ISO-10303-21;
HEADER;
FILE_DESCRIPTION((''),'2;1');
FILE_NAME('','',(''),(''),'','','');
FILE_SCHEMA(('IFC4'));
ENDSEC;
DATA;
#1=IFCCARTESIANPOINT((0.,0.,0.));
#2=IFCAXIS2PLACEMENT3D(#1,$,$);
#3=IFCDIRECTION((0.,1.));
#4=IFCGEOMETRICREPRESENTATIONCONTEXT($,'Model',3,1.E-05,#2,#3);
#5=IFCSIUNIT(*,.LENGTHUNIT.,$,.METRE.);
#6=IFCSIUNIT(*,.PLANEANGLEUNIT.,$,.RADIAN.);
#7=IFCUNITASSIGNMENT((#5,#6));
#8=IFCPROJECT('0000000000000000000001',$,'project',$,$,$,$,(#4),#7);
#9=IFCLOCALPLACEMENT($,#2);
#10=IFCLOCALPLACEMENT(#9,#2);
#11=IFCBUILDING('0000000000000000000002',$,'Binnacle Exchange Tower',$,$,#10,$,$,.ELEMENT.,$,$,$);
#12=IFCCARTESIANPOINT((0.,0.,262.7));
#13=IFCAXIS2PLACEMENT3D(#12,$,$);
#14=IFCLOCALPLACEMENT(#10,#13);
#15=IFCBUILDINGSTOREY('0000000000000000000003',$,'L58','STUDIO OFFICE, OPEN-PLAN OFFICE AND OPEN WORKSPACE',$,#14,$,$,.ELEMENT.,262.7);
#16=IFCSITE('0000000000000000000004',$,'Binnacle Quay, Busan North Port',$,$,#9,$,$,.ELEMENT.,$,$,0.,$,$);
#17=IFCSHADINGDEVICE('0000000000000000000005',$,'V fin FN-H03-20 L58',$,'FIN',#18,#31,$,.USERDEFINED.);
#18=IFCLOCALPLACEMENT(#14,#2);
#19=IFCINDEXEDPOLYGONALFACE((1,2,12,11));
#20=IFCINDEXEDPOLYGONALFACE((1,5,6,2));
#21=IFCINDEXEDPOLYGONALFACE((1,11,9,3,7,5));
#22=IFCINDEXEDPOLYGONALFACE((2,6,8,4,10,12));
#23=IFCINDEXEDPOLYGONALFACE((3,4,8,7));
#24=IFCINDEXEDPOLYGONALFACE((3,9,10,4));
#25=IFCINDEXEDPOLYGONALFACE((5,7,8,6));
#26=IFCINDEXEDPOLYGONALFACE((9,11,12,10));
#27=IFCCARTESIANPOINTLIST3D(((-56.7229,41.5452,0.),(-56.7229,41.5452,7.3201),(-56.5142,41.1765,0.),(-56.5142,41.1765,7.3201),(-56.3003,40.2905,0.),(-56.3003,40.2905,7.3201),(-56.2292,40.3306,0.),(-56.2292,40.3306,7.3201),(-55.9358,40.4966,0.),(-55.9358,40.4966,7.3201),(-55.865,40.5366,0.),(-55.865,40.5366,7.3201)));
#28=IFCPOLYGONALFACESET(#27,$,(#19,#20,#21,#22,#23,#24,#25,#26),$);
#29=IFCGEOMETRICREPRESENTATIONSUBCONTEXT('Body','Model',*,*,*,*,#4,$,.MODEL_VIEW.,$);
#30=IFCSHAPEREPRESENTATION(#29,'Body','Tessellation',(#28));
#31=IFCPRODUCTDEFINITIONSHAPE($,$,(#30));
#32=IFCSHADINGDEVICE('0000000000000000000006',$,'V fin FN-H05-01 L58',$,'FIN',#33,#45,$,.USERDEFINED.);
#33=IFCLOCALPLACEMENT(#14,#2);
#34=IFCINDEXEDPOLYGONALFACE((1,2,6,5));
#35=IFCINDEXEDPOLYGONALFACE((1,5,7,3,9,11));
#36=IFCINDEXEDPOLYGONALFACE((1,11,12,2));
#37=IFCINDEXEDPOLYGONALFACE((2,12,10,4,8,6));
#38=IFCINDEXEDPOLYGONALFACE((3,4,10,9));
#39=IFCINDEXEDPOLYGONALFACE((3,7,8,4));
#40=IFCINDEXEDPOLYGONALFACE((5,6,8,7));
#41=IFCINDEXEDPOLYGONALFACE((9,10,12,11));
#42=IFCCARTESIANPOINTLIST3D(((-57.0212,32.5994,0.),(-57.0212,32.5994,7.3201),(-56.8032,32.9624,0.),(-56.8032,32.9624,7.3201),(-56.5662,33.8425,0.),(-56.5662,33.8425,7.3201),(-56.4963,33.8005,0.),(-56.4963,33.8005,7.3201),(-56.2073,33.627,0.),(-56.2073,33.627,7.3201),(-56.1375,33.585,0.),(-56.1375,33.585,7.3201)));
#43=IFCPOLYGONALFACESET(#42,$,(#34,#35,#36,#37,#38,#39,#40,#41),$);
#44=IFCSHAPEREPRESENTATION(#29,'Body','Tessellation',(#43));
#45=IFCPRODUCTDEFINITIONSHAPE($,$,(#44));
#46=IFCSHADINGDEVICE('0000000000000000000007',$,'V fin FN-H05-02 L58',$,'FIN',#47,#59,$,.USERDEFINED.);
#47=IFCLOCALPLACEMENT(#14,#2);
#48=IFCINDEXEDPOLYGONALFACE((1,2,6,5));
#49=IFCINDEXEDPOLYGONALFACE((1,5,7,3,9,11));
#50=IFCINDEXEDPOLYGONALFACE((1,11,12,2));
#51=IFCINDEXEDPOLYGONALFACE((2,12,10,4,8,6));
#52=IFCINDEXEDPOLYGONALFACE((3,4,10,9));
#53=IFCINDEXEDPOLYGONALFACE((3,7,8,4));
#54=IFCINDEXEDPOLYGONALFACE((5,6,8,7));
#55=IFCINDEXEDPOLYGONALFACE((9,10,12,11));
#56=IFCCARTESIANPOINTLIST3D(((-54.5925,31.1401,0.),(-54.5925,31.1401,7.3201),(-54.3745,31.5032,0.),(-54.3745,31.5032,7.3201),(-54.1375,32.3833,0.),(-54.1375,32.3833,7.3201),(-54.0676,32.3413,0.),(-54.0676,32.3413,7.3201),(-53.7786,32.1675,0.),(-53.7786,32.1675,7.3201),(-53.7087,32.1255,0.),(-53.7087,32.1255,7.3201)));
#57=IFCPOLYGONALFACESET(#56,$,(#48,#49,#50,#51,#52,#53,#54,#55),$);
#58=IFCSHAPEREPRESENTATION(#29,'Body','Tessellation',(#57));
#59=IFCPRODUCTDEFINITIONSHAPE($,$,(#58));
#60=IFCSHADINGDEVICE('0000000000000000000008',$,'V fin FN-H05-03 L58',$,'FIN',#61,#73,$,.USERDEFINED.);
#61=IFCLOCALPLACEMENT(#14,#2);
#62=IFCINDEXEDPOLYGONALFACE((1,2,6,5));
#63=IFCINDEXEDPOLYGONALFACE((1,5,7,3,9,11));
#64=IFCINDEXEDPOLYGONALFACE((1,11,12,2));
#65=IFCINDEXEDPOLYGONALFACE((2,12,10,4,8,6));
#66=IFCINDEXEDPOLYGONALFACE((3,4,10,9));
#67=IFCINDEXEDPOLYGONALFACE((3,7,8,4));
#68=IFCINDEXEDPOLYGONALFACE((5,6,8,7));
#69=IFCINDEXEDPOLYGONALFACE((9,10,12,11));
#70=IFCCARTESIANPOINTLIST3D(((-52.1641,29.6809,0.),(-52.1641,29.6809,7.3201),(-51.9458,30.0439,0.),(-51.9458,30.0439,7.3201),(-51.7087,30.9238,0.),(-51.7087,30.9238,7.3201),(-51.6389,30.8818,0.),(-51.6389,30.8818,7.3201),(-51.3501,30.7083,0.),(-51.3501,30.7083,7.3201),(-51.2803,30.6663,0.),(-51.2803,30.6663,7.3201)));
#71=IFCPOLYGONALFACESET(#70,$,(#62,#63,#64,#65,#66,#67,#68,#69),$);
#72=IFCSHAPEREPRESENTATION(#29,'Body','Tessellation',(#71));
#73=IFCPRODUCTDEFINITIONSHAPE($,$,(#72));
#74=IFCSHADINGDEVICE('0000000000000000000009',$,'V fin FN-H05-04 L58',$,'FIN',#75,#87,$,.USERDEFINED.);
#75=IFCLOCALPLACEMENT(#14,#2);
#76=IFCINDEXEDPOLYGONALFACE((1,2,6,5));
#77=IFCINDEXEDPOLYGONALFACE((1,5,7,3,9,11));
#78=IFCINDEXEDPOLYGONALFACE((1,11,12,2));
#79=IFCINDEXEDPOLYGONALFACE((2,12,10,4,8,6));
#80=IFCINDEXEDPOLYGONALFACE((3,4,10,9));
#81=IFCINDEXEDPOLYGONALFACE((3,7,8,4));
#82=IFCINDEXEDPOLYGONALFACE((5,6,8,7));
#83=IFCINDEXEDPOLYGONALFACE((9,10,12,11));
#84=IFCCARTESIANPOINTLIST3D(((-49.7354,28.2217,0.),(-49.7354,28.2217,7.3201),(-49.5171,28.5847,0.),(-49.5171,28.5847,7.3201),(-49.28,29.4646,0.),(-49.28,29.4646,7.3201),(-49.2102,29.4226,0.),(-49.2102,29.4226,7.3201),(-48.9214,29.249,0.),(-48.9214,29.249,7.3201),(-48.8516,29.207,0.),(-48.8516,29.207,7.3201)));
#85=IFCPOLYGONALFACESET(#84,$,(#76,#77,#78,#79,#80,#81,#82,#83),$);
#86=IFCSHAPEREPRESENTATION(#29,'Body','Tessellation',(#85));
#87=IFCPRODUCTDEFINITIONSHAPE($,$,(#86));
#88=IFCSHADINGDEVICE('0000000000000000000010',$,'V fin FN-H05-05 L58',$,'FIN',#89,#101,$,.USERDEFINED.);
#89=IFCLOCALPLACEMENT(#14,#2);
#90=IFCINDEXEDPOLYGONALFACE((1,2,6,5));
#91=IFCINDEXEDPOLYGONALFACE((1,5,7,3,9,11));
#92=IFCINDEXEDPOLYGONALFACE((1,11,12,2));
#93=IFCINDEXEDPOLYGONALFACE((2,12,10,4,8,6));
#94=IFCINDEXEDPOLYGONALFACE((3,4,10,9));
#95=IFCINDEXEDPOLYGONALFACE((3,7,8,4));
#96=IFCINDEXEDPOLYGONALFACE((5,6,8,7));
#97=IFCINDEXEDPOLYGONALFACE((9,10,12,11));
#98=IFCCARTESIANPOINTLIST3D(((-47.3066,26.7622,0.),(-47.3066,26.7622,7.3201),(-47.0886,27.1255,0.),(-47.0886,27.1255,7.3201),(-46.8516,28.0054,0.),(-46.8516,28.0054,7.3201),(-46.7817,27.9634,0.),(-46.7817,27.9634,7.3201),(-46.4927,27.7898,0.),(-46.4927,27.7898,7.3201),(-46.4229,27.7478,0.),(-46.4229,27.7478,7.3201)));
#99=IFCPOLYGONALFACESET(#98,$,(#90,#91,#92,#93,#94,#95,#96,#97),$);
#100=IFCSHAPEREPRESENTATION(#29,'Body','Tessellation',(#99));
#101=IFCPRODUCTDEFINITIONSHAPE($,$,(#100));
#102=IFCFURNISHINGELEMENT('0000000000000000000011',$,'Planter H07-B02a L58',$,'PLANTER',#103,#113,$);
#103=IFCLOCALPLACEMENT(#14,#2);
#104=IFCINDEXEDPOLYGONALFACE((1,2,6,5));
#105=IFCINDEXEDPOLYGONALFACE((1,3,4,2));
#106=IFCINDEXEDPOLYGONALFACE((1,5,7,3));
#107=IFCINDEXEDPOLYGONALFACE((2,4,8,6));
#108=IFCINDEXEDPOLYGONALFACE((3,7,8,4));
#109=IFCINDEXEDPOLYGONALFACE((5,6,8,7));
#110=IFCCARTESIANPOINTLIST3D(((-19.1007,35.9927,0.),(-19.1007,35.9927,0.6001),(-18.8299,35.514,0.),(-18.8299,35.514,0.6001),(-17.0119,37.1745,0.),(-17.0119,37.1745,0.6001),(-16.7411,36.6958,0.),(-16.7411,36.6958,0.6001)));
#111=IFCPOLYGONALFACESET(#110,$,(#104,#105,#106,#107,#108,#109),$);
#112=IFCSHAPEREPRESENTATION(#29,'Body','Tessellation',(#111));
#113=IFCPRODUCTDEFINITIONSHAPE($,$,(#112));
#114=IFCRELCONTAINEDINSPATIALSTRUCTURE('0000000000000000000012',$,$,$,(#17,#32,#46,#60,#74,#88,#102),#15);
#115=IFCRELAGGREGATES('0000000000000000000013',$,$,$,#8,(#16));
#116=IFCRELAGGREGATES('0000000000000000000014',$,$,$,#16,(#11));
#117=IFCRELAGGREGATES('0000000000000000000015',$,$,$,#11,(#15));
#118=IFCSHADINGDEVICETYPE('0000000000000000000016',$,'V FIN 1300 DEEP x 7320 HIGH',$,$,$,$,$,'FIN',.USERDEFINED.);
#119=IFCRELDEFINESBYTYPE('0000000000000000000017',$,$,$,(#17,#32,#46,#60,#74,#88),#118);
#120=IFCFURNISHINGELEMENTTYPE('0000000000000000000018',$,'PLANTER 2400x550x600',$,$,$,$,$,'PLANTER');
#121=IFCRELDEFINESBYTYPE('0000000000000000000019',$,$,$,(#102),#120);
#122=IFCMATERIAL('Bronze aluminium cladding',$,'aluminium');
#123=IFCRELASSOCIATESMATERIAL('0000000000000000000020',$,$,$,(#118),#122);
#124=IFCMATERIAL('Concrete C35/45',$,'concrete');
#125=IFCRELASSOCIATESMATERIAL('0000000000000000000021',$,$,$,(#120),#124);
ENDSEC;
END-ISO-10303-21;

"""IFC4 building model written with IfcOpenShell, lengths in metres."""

from ifc_helpers import new_model, si_unit, direction, frame, origin, origin_2d, place, context, subcontext, project, spatial, polyline, rectangle, outline, extrude, material, type_object, element, save


model = new_model("IFC4")

# Units and contexts
model_context = context("Model", 3, precision=1e-05, world=origin(), true_north=direction((0.0, 1.0)))
body_context = subcontext(model_context, "Body", "Model", "MODEL_VIEW")
ifc_project = project(units=[si_unit("LENGTHUNIT", "METRE"), si_unit("PLANEANGLEUNIT", "RADIAN")], contexts=[model_context])

# Site, building, storey
site_placement = place(None, origin())
site = spatial("IfcSite", under=ifc_project, at=site_placement, Name="Binnacle Quay, Busan North Port", CompositionType="ELEMENT", RefElevation=0.0)
building_placement = place(site_placement, origin())
building = spatial("IfcBuilding", under=site, at=building_placement, Name="Binnacle Exchange Tower", CompositionType="ELEMENT")
storey_placement = place(building_placement, frame((0.0, 0.0, 262.7)))
storey = spatial("IfcBuildingStorey", under=building, at=storey_placement, Name="L58", Description="STUDIO OFFICE, OPEN-PLAN OFFICE AND OPEN WORKSPACE", CompositionType="ELEMENT", Elevation=262.7)

# Shared definitions
ifc_material_1 = material(Name="Concrete C35/45", Category="concrete")

# Shading devices
ifc_material_2 = material(Name="Bronze aluminium cladding", Category="aluminium")
shading_device_type_1 = type_object("IfcShadingDeviceType", Name="V FIN 1300 DEEP x 7320 HIGH", ElementType="FIN", PredefinedType="USERDEFINED", material=ifc_material_2)
shading_device_1_placement = place(storey_placement, origin())
element("IfcShadingDevice", 1, at=shading_device_1_placement, inside=storey, type_object=shading_device_type_1, Name="V fin FN-H03-20 L58", ObjectType="FIN", PredefinedType="USERDEFINED", context=body_context, shape_type="SweptSolid", body=[
    extrude(outline(polyline([(-55.865, 40.5366), (-56.7229, 41.5452), (-56.3003, 40.2905), (-56.2292, 40.3306), (-56.5142, 41.1765), (-55.9358, 40.4966), (-55.865, 40.5366)])), origin(), (0.0, 0.0, 1.0), 7.3201),
])
shading_device_2_placement = place(storey_placement, origin())
element("IfcShadingDevice", 2, at=shading_device_2_placement, inside=storey, type_object=shading_device_type_1, Name="V fin FN-H05-01 L58", ObjectType="FIN", PredefinedType="USERDEFINED", context=body_context, shape_type="SweptSolid", body=[
    extrude(outline(polyline([(-56.5662, 33.8425), (-57.0212, 32.5994), (-56.1375, 33.585), (-56.2073, 33.627), (-56.8032, 32.9624), (-56.4963, 33.8005), (-56.5662, 33.8425)])), origin(), (0.0, 0.0, 1.0), 7.3201),
])
shading_device_3_placement = place(storey_placement, origin())
element("IfcShadingDevice", 3, at=shading_device_3_placement, inside=storey, type_object=shading_device_type_1, Name="V fin FN-H05-02 L58", ObjectType="FIN", PredefinedType="USERDEFINED", context=body_context, shape_type="SweptSolid", body=[
    extrude(outline(polyline([(-54.1375, 32.3833), (-54.5925, 31.1401), (-53.7087, 32.1255), (-53.7786, 32.1675), (-54.3745, 31.5032), (-54.0676, 32.3413), (-54.1375, 32.3833)])), origin(), (0.0, 0.0, 1.0), 7.3201),
])
shading_device_4_placement = place(storey_placement, origin())
element("IfcShadingDevice", 4, at=shading_device_4_placement, inside=storey, type_object=shading_device_type_1, Name="V fin FN-H05-03 L58", ObjectType="FIN", PredefinedType="USERDEFINED", context=body_context, shape_type="SweptSolid", body=[
    extrude(outline(polyline([(-51.7087, 30.9238), (-52.1641, 29.6809), (-51.2803, 30.6663), (-51.3501, 30.7083), (-51.9458, 30.0439), (-51.6389, 30.8818), (-51.7087, 30.9238)])), origin(), (0.0, 0.0, 1.0), 7.3201),
])
shading_device_5_placement = place(storey_placement, origin())
element("IfcShadingDevice", 5, at=shading_device_5_placement, inside=storey, type_object=shading_device_type_1, Name="V fin FN-H05-04 L58", ObjectType="FIN", PredefinedType="USERDEFINED", context=body_context, shape_type="SweptSolid", body=[
    extrude(outline(polyline([(-49.28, 29.4646), (-49.7354, 28.2217), (-48.8516, 29.207), (-48.9214, 29.249), (-49.5171, 28.5847), (-49.2102, 29.4226), (-49.28, 29.4646)])), origin(), (0.0, 0.0, 1.0), 7.3201),
])
shading_device_6_placement = place(storey_placement, origin())
element("IfcShadingDevice", 6, at=shading_device_6_placement, inside=storey, type_object=shading_device_type_1, Name="V fin FN-H05-05 L58", ObjectType="FIN", PredefinedType="USERDEFINED", context=body_context, shape_type="SweptSolid", body=[
    extrude(outline(polyline([(-46.8516, 28.0054), (-47.3066, 26.7622), (-46.4229, 27.7478), (-46.4927, 27.7898), (-47.0886, 27.1255), (-46.7817, 27.9634), (-46.8516, 28.0054)])), origin(), (0.0, 0.0, 1.0), 7.3201),
])

# Furnishing element
furnishing_element_type = type_object("IfcFurnishingElementType", Name="PLANTER 2400x550x600", ElementType="PLANTER", material=ifc_material_1)
furnishing_placement = place(storey_placement, frame((-17.9209, 36.3442, 0.0), z_axis=(0.0, 0.0, 1.0), x_axis=(0.870356, 0.492424, 0.0)))
element("IfcFurnishingElement", 7, at=furnishing_placement, inside=storey, type_object=furnishing_element_type, Name="Planter H07-B02a L58", ObjectType="PLANTER", context=body_context, shape_type="SweptSolid", body=[
    extrude(rectangle(XDim=2.3999, YDim=0.55, at=origin_2d()), origin(), (0.0, 0.0, 1.0), 0.6001),
])

save(model, "model.ifc")
